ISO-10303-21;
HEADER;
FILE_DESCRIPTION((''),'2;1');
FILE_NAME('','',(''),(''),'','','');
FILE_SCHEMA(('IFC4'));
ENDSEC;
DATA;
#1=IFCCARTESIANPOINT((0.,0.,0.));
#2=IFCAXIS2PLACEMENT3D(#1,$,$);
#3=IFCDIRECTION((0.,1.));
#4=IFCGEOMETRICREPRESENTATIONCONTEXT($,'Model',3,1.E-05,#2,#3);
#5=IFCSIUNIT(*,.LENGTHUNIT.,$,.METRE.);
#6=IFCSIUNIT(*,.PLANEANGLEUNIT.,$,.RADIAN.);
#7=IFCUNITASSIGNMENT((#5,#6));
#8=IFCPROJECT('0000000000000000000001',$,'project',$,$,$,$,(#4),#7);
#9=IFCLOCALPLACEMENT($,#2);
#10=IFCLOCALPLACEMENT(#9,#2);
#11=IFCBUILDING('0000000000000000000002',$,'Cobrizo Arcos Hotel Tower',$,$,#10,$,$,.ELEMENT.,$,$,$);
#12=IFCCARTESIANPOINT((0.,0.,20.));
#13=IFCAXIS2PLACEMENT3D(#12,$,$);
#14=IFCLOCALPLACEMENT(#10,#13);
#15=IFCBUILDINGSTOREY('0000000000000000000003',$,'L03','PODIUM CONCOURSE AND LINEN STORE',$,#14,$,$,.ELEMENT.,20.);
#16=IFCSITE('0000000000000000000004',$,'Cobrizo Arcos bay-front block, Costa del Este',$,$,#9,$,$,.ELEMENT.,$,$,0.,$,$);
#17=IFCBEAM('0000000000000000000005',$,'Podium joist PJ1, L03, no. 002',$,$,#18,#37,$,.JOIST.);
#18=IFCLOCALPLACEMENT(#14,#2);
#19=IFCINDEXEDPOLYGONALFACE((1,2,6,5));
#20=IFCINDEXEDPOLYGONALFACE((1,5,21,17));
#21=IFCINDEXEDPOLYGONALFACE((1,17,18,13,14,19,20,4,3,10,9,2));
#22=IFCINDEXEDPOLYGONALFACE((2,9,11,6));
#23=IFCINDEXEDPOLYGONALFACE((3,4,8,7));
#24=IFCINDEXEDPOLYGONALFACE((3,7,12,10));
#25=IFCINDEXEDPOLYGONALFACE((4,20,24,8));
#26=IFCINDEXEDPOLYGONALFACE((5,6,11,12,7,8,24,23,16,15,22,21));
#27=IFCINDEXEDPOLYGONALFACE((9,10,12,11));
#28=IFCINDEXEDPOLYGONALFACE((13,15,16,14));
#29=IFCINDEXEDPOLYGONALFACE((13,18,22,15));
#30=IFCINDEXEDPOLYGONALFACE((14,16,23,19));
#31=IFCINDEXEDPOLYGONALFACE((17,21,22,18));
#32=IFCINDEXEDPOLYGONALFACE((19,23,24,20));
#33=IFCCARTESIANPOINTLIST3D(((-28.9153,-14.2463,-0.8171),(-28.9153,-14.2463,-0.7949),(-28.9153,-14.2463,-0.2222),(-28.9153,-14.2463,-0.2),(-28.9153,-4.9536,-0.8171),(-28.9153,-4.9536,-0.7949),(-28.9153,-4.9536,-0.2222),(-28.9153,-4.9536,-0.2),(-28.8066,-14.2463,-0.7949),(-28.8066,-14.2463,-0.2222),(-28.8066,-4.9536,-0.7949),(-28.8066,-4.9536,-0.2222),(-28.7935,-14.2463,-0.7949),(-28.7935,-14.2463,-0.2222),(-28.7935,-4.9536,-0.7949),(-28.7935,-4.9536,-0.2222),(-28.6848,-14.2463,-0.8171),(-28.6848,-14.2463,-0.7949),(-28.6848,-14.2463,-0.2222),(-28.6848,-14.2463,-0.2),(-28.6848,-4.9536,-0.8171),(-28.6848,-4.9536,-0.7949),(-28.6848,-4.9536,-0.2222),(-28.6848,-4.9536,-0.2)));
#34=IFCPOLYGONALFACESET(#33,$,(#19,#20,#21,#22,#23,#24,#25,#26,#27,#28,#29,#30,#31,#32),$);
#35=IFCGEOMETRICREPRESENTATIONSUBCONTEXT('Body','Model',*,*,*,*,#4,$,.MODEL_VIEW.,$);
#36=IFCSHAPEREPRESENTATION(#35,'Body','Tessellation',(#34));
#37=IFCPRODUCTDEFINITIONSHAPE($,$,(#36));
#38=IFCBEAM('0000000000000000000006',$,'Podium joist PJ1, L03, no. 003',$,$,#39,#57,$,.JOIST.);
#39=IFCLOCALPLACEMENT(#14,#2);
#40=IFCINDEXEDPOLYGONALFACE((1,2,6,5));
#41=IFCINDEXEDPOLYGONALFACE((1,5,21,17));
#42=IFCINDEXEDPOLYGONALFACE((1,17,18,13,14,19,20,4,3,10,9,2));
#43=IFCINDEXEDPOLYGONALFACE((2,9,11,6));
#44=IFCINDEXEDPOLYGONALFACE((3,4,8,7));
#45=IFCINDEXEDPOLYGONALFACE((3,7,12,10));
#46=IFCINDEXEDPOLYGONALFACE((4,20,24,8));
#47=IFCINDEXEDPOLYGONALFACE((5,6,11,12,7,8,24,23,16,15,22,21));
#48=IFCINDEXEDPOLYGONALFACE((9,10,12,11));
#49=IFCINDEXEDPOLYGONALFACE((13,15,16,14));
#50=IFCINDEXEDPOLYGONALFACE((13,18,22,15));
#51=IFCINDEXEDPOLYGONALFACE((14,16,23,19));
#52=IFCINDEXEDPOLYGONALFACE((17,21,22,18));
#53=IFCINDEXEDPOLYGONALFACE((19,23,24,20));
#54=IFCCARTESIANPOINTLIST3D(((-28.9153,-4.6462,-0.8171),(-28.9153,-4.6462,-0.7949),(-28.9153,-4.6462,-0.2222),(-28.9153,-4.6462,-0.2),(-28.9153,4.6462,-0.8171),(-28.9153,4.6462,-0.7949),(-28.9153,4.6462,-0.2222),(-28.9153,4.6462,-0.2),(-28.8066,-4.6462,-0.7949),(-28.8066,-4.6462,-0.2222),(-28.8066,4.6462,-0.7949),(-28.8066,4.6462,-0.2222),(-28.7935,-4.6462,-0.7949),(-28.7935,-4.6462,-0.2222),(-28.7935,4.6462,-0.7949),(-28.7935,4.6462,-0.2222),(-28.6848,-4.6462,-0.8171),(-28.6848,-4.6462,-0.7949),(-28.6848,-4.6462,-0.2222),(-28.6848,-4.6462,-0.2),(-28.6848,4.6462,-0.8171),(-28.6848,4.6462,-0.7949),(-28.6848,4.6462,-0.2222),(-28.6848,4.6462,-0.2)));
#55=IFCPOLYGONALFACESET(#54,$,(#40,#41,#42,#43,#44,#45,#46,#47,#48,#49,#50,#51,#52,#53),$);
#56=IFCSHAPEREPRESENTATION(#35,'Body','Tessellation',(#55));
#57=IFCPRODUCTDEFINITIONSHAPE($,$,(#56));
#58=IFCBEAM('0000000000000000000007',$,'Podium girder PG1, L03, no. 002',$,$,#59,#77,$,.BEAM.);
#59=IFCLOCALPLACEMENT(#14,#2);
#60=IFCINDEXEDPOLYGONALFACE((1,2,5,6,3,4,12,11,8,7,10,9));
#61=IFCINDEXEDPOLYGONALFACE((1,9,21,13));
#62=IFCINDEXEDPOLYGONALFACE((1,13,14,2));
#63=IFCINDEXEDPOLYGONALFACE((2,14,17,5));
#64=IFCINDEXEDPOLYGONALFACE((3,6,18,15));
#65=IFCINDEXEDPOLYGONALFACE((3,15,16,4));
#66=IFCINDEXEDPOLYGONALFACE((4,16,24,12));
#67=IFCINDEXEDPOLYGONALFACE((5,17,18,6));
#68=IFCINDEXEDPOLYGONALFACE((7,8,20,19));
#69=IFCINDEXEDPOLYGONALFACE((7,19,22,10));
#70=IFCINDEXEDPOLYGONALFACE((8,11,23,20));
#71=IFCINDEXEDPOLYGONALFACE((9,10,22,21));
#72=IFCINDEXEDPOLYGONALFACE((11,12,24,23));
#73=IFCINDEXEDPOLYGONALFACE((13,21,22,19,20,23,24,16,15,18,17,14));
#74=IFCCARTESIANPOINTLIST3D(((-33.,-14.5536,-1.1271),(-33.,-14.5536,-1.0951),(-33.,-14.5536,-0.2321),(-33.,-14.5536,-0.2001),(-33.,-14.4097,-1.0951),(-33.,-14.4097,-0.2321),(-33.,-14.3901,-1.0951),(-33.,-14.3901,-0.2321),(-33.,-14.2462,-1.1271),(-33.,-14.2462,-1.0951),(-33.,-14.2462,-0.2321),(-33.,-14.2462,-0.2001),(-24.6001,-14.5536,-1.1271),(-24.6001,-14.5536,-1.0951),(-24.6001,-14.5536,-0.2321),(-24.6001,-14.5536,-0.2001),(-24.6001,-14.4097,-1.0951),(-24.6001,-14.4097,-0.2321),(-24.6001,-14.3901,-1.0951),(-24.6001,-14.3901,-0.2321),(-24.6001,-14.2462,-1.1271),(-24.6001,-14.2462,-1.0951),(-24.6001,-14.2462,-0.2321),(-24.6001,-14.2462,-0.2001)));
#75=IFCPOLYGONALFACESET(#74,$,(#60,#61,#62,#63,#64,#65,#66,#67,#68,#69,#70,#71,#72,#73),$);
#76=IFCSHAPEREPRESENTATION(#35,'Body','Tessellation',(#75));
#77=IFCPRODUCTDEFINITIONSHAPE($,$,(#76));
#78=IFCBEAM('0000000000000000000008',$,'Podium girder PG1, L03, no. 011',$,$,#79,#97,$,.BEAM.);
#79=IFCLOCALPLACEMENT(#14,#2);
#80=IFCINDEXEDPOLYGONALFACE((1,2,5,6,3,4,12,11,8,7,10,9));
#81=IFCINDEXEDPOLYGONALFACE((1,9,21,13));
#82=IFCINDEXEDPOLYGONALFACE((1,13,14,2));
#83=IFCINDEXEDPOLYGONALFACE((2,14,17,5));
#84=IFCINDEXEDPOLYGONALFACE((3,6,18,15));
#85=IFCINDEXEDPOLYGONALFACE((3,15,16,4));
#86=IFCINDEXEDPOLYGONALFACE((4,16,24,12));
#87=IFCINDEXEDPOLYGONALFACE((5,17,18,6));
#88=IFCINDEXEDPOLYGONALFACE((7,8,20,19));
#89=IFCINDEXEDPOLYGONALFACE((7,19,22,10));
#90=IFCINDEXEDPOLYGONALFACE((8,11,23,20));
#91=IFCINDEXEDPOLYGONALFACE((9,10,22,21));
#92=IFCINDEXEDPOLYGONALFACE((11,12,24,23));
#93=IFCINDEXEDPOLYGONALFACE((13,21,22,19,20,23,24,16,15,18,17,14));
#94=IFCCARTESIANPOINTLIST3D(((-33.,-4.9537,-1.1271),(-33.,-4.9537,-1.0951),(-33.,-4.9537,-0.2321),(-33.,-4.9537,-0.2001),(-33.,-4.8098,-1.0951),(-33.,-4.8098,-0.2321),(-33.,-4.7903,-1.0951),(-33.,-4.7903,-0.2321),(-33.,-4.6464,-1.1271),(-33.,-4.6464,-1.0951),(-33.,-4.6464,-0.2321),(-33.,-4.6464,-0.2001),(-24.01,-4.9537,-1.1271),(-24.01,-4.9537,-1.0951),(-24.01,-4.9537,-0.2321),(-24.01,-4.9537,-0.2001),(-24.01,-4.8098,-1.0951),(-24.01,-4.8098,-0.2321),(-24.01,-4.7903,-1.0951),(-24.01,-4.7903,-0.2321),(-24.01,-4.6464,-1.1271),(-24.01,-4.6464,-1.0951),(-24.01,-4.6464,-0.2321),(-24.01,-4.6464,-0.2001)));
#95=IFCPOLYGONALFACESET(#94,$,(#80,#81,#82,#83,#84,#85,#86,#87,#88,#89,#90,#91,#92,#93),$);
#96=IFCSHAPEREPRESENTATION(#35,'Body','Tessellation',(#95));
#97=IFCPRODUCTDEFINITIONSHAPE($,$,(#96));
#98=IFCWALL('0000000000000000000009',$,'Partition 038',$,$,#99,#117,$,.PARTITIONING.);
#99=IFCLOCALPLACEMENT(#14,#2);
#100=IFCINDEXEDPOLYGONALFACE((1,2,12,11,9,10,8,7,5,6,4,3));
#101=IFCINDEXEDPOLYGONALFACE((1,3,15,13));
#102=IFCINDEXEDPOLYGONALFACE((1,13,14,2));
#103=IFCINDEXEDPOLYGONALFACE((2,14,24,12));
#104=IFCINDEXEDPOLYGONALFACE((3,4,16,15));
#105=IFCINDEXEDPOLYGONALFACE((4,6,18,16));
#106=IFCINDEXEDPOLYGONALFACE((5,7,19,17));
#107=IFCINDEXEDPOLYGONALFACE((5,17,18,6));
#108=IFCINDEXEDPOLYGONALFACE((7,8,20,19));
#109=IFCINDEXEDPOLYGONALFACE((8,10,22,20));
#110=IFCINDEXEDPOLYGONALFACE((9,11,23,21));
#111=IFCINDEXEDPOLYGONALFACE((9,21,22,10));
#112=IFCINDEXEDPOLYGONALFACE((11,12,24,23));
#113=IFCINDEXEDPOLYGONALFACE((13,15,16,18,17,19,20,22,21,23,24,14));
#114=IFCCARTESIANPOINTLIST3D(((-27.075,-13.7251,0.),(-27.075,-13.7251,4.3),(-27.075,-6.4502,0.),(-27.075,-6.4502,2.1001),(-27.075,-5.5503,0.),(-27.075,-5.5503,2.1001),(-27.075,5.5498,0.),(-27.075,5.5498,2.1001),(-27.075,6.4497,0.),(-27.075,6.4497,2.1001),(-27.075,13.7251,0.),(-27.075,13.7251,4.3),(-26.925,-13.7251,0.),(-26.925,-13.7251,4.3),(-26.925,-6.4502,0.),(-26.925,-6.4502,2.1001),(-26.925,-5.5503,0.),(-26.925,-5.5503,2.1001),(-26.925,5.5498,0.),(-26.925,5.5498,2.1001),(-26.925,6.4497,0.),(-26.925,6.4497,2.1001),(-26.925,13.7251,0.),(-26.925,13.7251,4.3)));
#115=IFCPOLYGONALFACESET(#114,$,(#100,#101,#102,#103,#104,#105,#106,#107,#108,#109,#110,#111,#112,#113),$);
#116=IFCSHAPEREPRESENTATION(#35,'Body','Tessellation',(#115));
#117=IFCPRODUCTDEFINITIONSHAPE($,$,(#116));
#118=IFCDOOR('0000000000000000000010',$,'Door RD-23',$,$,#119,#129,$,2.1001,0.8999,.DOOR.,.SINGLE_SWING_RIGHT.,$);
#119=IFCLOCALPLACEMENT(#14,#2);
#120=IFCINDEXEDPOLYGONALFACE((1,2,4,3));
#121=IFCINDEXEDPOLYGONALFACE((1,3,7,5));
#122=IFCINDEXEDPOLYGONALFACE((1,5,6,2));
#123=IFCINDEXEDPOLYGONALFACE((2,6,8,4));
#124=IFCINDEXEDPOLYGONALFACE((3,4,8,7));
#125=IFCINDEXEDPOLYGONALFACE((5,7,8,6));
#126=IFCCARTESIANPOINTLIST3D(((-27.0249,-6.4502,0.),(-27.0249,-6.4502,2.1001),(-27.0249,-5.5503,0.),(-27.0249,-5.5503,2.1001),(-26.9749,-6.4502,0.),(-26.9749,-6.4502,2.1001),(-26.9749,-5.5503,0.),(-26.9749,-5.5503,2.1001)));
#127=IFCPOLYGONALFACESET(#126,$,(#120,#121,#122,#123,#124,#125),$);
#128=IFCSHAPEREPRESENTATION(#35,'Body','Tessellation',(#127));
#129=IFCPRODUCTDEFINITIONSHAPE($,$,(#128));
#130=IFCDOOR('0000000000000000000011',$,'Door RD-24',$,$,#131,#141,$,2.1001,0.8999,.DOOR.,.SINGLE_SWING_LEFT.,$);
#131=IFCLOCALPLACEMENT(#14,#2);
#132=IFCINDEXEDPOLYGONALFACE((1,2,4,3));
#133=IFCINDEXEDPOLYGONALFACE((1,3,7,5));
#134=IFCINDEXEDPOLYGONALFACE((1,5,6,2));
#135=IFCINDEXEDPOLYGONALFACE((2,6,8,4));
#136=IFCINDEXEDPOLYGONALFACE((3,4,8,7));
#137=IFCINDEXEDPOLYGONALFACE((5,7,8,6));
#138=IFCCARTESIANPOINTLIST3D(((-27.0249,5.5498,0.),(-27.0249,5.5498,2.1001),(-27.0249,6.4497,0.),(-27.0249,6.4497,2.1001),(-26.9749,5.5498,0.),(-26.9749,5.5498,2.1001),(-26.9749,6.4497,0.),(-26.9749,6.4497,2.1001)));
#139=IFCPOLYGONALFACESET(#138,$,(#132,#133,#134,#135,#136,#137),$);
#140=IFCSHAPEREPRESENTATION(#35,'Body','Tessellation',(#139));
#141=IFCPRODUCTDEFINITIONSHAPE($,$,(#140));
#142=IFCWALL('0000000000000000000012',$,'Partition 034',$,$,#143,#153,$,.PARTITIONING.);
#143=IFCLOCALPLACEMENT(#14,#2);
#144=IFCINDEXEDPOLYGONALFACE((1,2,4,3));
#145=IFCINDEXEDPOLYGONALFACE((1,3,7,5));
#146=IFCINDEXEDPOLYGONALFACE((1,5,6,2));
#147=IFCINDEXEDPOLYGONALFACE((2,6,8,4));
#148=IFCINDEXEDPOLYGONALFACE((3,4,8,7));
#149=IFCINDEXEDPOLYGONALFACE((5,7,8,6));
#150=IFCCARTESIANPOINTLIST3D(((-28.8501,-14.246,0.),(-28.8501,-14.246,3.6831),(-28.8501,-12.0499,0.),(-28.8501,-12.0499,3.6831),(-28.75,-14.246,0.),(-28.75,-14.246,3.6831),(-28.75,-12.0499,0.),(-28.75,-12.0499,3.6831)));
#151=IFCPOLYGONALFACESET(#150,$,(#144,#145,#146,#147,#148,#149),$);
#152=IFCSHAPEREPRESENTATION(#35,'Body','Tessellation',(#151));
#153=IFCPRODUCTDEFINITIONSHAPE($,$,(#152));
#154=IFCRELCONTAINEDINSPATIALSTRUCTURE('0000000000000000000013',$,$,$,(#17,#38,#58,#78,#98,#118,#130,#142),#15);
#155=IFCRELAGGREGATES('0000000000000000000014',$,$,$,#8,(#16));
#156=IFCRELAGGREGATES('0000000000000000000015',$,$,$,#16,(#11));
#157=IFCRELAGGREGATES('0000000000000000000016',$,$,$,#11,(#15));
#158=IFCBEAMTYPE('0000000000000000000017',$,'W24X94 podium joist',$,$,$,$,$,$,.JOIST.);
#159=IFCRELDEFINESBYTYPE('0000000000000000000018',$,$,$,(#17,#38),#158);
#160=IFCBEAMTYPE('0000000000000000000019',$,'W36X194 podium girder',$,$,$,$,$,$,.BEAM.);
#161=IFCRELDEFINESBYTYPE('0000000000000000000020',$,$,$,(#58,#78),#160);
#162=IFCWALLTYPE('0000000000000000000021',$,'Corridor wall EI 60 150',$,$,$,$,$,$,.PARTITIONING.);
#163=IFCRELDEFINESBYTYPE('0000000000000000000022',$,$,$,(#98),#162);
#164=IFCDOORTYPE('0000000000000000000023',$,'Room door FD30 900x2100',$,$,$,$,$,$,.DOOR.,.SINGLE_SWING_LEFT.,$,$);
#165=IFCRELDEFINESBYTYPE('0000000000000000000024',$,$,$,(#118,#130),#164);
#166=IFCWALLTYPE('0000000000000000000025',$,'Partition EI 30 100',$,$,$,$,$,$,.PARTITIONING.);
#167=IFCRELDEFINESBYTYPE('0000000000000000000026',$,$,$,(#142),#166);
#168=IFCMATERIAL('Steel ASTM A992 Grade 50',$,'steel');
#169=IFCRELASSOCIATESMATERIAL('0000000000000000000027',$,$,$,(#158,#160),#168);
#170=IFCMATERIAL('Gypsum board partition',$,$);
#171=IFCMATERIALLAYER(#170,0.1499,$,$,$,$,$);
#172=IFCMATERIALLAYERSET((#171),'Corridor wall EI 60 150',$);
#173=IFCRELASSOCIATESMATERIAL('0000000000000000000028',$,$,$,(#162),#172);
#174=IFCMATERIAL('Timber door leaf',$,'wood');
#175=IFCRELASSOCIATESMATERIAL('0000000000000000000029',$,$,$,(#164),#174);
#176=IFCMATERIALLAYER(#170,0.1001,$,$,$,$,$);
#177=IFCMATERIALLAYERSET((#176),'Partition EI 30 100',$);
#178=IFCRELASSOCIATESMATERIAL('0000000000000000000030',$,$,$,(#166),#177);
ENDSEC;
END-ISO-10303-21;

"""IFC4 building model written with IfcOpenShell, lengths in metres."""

from ifc_helpers import new_model, si_unit, direction, frame, frame_2d, origin, origin_2d, place, context, subcontext, project, spatial, rectangle, i_section, extrude, material, layer, layer_set, material_profile, profile_set, type_object, element, fill, save


model = new_model("IFC4")

# Units and contexts
model_context = context("Model", 3, precision=1e-05, world=origin(), true_north=direction((0.0, 1.0)))
body_context = subcontext(model_context, "Body", "Model", "MODEL_VIEW")
ifc_project = project(units=[si_unit("LENGTHUNIT", "METRE"), si_unit("PLANEANGLEUNIT", "RADIAN")], contexts=[model_context])

# Site, building, storey
site_placement = place(None, origin())
site = spatial("IfcSite", under=ifc_project, at=site_placement, Name="Cobrizo Arcos bay-front block, Costa del Este", CompositionType="ELEMENT", RefElevation=0.0)
building_placement = place(site_placement, origin())
building = spatial("IfcBuilding", under=site, at=building_placement, Name="Cobrizo Arcos Hotel Tower", CompositionType="ELEMENT")
storey_placement = place(building_placement, frame((0.0, 0.0, 20.0)))
storey = spatial("IfcBuildingStorey", under=building, at=storey_placement, Name="L03", Description="PODIUM CONCOURSE AND LINEN STORE", CompositionType="ELEMENT", Elevation=20.0)

# Beams
ifc_material_1 = material(Name="Steel ASTM A992 Grade 50", Category="steel")
ifc_material_profile_1 = material_profile(ifc_material_1, i_section(OverallWidth=0.2305, OverallDepth=0.6172, WebThickness=0.0132, FlangeThickness=0.0222, at=origin_2d()), Name="W24X94")
ifc_profile_set_1 = profile_set([ifc_material_profile_1], Name="Steel ASTM A992 Grade 50")
beam_type_1 = type_object("IfcBeamType", Name="W24X94 podium joist", PredefinedType="JOIST", material=ifc_profile_set_1)
beam_1_placement = place(storey_placement, frame((-28.8, -14.2463, -0.5085), z_axis=(0.0, 1.0, 0.0), x_axis=(-1.0, 0.0, 0.0)))
element("IfcBeam", 1, at=beam_1_placement, inside=storey, type_object=beam_type_1, Name="Podium joist PJ1, L03, no. 002", PredefinedType="JOIST", context=body_context, shape_type="SweptSolid", body=[
    extrude(i_section(OverallWidth=0.2305, OverallDepth=0.6172, WebThickness=0.0132, FlangeThickness=0.0222, at=origin_2d()), origin(), (0.0, 0.0, 1.0), 9.2927),
])
beam_2_placement = place(storey_placement, frame((-28.8, -4.6462, -0.5085), z_axis=(0.0, 1.0, 0.0), x_axis=(-1.0, 0.0, 0.0)))
element("IfcBeam", 2, at=beam_2_placement, inside=storey, type_object=beam_type_1, Name="Podium joist PJ1, L03, no. 003", PredefinedType="JOIST", context=body_context, shape_type="SweptSolid", body=[
    extrude(i_section(OverallWidth=0.2305, OverallDepth=0.6172, WebThickness=0.0132, FlangeThickness=0.0222, at=origin_2d()), origin(), (0.0, 0.0, 1.0), 9.2925),
])
ifc_material_profile_2 = material_profile(ifc_material_1, i_section(OverallWidth=0.3074, OverallDepth=0.927, WebThickness=0.0195, FlangeThickness=0.032, at=origin_2d()), Name="W36X194")
ifc_profile_set_2 = profile_set([ifc_material_profile_2], Name="Steel ASTM A992 Grade 50")
beam_type_2 = type_object("IfcBeamType", Name="W36X194 podium girder", PredefinedType="BEAM", material=ifc_profile_set_2)
beam_3_placement = place(storey_placement, frame((-33.0, -14.3999, -0.6636), z_axis=(1.0, 0.0, 0.0), x_axis=(0.0, 1.0, 0.0)))
element("IfcBeam", 3, at=beam_3_placement, inside=storey, type_object=beam_type_2, Name="Podium girder PG1, L03, no. 002", PredefinedType="BEAM", context=body_context, shape_type="SweptSolid", body=[
    extrude(i_section(OverallWidth=0.3074, OverallDepth=0.927, WebThickness=0.0195, FlangeThickness=0.032, at=origin_2d()), origin(), (0.0, 0.0, 1.0), 8.3999),
])
beam_4_placement = place(storey_placement, frame((-33.0, -4.8, -0.6636), z_axis=(1.0, 0.0, 0.0), x_axis=(0.0, 1.0, 0.0)))
element("IfcBeam", 4, at=beam_4_placement, inside=storey, type_object=beam_type_2, Name="Podium girder PG1, L03, no. 011", PredefinedType="BEAM", context=body_context, shape_type="SweptSolid", body=[
    extrude(i_section(OverallWidth=0.3074, OverallDepth=0.927, WebThickness=0.0195, FlangeThickness=0.032, at=origin_2d()), origin(), (0.0, 0.0, 1.0), 8.99),
])

# Wall, openings, doors
ifc_material_2 = material(Name="Gypsum board partition")
ifc_layer_1 = layer(ifc_material_2, 0.1499)
ifc_layer_set_1 = layer_set([ifc_layer_1], Name="Corridor wall EI 60 150")
wall_type_1 = type_object("IfcWallType", Name="Corridor wall EI 60 150", PredefinedType="PARTITIONING", material=ifc_layer_set_1)
ifc_material_3 = material(Name="Timber door leaf", Category="wood")
door_type_1 = type_object("IfcDoorType", Name="Room door FD30 900x2100", OperationType="SINGLE_SWING_LEFT", PredefinedType="DOOR", material=ifc_material_3)
wall_1_placement = place(storey_placement, frame((-27.0, -13.7251, 0.0), z_axis=(0.0, 0.0, 1.0), x_axis=(0.0, 1.0, 0.0)))
wall_1 = element("IfcWall", 5, at=wall_1_placement, inside=storey, type_object=wall_type_1, Name="Partition 038", PredefinedType="PARTITIONING", context=body_context, shape_type="SweptSolid", body=[
    extrude(rectangle(XDim=27.4502, YDim=0.1499, at=frame_2d((13.7251, 0.0))), origin(), (0.0, 0.0, 1.0), 4.3),
])
opening_1_placement = place(wall_1_placement, frame((7.2749, 0.0, 0.0)))
opening_1 = element("IfcOpeningElement", 6, at=opening_1_placement, cuts=wall_1, PredefinedType="OPENING", context=body_context, shape_type="SweptSolid", body=[
    extrude(rectangle(XDim=0.8999, YDim=2.1001, at=frame_2d((0.45, 1.05))), frame((0.0, 0.0869, 0.0), z_axis=(0.0, -1.0, 0.0), x_axis=(1.0, 0.0, 0.0)), (0.0, 0.0, 1.0), 0.1738),
])
opening_2_placement = place(wall_1_placement, frame((19.2749, 0.0, 0.0)))
opening_2 = element("IfcOpeningElement", 7, at=opening_2_placement, cuts=wall_1, PredefinedType="OPENING", context=body_context, shape_type="SweptSolid", body=[
    extrude(rectangle(XDim=0.8999, YDim=2.1001, at=frame_2d((0.45, 1.05))), frame((0.0, 0.0869, 0.0), z_axis=(0.0, -1.0, 0.0), x_axis=(1.0, 0.0, 0.0)), (0.0, 0.0, 1.0), 0.1738),
])
door_1_placement = place(opening_1_placement, origin())
door_1 = element("IfcDoor", 8, at=door_1_placement, inside=storey, type_object=door_type_1, Name="Door RD-23", OperationType="SINGLE_SWING_RIGHT", OverallHeight=2.1001, OverallWidth=0.8999, PredefinedType="DOOR", context=body_context, shape_type="SweptSolid", body=[
    extrude(rectangle(XDim=0.8999, YDim=2.1001, at=frame_2d((0.45, 1.05))), frame((0.0, 0.0249, 0.0), z_axis=(0.0, -1.0, 0.0), x_axis=(1.0, 0.0, 0.0)), (0.0, 0.0, 1.0), 0.05),
])
fill(opening_1, door_1)
door_2_placement = place(opening_2_placement, origin())
door_2 = element("IfcDoor", 9, at=door_2_placement, inside=storey, type_object=door_type_1, Name="Door RD-24", OperationType="SINGLE_SWING_LEFT", OverallHeight=2.1001, OverallWidth=0.8999, PredefinedType="DOOR", context=body_context, shape_type="SweptSolid", body=[
    extrude(rectangle(XDim=0.8999, YDim=2.1001, at=frame_2d((0.45, 1.05))), frame((0.0, 0.0249, 0.0), z_axis=(0.0, -1.0, 0.0), x_axis=(1.0, 0.0, 0.0)), (0.0, 0.0, 1.0), 0.05),
])
fill(opening_2, door_2)

# Wall
ifc_layer_2 = layer(ifc_material_2, 0.1001)
ifc_layer_set_2 = layer_set([ifc_layer_2], Name="Partition EI 30 100")
wall_type_2 = type_object("IfcWallType", Name="Partition EI 30 100", PredefinedType="PARTITIONING", material=ifc_layer_set_2)
wall_2_placement = place(storey_placement, frame((-28.8, -14.2461, 0.0), z_axis=(0.0, 0.0, 1.0), x_axis=(0.0, 1.0, 0.0)))
element("IfcWall", 10, at=wall_2_placement, inside=storey, type_object=wall_type_2, Name="Partition 034", PredefinedType="PARTITIONING", context=body_context, shape_type="SweptSolid", body=[
    extrude(rectangle(XDim=2.196, YDim=0.1001, at=frame_2d((1.0981, 0.0))), origin(), (0.0, 0.0, 1.0), 3.6831),
])

save(model, "model.ifc")
